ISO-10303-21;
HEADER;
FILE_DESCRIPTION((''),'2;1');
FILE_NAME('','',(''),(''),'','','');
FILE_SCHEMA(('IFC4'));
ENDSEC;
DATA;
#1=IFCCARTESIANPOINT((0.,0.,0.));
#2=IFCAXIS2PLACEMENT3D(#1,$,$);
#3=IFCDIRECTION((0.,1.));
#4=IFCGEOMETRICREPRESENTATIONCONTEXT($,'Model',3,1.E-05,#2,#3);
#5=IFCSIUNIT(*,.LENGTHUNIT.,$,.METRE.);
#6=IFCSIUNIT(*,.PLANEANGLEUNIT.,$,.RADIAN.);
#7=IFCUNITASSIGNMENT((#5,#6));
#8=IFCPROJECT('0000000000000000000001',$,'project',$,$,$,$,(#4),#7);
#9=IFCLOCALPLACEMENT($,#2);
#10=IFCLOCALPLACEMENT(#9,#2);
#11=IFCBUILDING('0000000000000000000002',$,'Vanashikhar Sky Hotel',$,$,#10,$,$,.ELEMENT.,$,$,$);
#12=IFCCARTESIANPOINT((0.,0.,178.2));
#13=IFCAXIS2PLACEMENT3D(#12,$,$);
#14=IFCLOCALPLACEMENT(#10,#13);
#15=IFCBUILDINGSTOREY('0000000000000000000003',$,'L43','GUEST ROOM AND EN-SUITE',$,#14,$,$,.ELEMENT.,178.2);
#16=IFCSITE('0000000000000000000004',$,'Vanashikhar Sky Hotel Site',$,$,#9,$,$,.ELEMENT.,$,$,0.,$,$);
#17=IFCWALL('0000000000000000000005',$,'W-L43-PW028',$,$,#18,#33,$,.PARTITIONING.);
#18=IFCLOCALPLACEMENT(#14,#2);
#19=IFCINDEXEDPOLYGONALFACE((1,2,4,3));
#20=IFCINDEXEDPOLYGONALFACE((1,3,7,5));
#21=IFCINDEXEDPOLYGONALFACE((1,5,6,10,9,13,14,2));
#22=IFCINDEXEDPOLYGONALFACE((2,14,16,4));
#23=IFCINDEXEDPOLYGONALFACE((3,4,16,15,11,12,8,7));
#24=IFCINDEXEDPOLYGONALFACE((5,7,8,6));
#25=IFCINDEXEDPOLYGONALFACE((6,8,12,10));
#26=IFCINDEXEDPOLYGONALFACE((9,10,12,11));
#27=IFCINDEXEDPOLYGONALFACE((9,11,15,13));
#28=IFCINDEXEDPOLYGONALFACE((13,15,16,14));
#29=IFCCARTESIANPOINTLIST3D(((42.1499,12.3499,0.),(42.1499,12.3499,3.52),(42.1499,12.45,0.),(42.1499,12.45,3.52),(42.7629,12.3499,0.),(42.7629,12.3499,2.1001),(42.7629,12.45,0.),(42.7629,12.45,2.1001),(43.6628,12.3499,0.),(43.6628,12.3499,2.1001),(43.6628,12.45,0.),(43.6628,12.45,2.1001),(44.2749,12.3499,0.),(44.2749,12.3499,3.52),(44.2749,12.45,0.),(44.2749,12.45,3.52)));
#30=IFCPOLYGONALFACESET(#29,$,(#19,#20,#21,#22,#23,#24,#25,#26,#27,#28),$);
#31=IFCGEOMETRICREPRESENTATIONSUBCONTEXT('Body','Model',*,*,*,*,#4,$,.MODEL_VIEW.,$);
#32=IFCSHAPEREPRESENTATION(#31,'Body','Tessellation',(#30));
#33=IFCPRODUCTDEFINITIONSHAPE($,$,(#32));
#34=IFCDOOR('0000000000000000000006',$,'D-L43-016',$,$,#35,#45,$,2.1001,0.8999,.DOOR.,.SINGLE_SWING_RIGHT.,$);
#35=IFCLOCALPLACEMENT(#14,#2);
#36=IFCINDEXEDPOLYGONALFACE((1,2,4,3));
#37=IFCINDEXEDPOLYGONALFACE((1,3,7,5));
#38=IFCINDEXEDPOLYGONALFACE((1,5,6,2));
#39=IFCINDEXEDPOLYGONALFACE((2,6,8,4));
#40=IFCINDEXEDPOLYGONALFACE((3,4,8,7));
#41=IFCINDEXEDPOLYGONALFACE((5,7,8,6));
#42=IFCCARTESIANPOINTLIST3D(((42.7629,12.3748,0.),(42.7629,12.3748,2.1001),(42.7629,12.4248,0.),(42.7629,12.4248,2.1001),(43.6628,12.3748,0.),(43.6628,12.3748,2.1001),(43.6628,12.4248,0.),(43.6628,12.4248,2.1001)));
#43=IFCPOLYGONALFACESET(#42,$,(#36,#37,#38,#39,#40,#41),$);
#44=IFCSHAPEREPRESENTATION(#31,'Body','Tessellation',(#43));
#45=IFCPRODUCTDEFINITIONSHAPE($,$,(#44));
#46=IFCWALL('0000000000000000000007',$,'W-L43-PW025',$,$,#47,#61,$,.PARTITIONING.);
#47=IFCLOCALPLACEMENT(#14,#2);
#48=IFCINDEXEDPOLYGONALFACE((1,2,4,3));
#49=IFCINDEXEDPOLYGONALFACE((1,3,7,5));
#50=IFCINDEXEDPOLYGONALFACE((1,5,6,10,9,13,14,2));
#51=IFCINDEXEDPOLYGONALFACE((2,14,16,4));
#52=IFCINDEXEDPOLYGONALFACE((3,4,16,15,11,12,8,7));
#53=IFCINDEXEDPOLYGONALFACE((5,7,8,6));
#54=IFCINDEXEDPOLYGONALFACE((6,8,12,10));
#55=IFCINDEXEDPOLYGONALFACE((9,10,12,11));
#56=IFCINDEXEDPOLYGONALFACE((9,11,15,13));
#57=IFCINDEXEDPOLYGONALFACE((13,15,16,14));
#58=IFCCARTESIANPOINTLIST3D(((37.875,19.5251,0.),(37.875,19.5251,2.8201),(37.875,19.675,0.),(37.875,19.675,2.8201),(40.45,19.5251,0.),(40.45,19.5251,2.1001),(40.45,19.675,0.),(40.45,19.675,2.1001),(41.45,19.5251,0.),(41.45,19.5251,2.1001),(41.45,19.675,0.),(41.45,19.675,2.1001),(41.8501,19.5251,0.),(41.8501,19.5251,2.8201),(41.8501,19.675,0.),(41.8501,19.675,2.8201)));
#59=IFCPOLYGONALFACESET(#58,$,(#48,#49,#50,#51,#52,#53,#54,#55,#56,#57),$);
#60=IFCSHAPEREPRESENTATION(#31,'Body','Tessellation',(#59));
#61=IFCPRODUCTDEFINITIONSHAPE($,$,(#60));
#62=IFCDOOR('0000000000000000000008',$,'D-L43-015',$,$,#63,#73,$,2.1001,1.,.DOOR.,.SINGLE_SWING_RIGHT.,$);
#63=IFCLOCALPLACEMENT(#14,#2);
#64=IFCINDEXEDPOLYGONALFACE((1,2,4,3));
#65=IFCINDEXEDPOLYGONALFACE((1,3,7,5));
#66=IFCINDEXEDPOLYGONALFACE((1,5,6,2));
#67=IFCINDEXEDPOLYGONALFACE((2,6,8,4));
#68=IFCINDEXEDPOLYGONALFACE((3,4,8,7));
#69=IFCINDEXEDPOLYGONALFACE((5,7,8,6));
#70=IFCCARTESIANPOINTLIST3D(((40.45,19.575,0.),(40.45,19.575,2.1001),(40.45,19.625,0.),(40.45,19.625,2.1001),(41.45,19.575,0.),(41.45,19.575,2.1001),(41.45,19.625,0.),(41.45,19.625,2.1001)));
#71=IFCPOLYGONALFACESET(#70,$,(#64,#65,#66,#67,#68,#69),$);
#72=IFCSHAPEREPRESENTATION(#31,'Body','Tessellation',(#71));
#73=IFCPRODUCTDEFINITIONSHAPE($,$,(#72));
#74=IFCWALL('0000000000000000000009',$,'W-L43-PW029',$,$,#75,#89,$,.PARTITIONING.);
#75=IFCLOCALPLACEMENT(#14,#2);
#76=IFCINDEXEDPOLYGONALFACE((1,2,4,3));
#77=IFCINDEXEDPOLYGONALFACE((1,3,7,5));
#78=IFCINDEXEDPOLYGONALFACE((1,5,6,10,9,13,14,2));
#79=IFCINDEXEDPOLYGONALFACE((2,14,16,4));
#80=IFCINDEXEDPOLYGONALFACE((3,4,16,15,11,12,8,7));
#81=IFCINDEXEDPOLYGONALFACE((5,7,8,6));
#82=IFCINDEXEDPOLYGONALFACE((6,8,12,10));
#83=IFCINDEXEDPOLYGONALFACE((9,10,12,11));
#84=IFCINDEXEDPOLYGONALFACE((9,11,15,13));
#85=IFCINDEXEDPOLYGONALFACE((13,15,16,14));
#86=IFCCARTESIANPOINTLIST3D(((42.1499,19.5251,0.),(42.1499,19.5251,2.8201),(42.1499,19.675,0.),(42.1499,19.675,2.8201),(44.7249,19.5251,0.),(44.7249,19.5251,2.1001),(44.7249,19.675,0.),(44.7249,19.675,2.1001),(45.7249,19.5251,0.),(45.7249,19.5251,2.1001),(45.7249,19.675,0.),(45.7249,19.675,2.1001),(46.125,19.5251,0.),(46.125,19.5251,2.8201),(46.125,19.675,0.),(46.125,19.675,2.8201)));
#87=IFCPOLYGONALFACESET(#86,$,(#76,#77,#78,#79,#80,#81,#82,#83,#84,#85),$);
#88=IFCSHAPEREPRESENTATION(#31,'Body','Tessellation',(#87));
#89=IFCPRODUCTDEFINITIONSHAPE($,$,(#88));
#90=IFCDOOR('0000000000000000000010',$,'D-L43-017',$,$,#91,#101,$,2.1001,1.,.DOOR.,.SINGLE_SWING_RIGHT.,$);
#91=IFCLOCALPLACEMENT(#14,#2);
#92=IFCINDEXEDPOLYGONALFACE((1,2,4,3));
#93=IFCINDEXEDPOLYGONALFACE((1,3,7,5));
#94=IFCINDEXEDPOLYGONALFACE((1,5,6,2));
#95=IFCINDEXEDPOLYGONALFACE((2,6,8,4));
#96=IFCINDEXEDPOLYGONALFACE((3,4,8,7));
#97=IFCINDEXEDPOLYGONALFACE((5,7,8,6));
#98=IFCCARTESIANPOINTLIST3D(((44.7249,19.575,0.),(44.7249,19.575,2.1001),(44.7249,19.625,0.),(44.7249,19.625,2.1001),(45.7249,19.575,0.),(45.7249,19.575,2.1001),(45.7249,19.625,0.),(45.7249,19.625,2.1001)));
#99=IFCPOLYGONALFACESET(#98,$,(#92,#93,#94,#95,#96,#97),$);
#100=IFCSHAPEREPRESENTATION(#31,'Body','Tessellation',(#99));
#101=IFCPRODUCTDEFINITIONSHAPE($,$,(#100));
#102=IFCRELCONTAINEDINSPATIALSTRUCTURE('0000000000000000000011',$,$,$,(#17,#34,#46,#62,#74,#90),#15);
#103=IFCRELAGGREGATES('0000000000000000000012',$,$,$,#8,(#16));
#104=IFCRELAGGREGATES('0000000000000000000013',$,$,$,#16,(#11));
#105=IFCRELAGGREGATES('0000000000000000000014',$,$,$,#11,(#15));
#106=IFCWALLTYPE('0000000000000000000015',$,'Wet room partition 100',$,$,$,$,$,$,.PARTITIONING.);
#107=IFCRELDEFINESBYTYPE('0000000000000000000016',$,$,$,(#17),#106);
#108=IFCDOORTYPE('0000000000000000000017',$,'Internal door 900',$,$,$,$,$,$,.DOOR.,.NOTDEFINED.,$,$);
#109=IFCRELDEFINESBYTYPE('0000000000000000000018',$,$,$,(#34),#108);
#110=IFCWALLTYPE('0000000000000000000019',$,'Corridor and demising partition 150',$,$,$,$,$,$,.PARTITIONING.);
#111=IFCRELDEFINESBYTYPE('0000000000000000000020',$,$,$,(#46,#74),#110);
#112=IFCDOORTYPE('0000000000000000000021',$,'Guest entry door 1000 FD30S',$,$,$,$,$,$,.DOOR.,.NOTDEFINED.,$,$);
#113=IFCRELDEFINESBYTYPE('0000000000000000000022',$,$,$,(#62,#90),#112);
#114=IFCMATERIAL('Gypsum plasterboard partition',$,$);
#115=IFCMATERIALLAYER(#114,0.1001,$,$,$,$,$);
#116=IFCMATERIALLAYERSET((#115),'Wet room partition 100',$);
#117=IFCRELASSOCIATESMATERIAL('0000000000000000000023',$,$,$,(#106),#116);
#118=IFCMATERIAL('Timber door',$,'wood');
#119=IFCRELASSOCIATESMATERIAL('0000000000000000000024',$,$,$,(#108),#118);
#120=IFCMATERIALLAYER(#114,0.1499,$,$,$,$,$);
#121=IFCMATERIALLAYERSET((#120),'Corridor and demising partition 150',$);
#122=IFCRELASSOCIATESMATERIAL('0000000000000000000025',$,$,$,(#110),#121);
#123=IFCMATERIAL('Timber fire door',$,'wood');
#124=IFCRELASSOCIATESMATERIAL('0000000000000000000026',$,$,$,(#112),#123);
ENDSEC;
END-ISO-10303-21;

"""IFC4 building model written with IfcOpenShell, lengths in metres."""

from ifc_helpers import new_model, si_unit, direction, frame, frame_2d, origin, place, context, subcontext, project, spatial, rectangle, extrude, source, transform, mapped, material, layer, layer_set, type_object, element, fill, save


model = new_model("IFC4")

# Units and contexts
model_context = context("Model", 3, precision=1e-05, world=origin(), true_north=direction((0.0, 1.0)))
body_context = subcontext(model_context, "Body", "Model", "MODEL_VIEW")
ifc_project = project(units=[si_unit("LENGTHUNIT", "METRE"), si_unit("PLANEANGLEUNIT", "RADIAN")], contexts=[model_context])

# Site, building, storey
site_placement = place(None, origin())
site = spatial("IfcSite", under=ifc_project, at=site_placement, Name="Vanashikhar Sky Hotel Site", CompositionType="ELEMENT", RefElevation=0.0)
building_placement = place(site_placement, origin())
building = spatial("IfcBuilding", under=site, at=building_placement, Name="Vanashikhar Sky Hotel", CompositionType="ELEMENT")
storey_placement = place(building_placement, frame((0.0, 0.0, 178.2)))
storey = spatial("IfcBuildingStorey", under=building, at=storey_placement, Name="L43", Description="GUEST ROOM AND EN-SUITE", CompositionType="ELEMENT", Elevation=178.2)

# Shared definitions
ifc_material_1 = material(Name="Gypsum plasterboard partition")
ifc_layer_1 = layer(ifc_material_1, 0.1001)
ifc_layer_set_1 = layer_set([ifc_layer_1], Name="Wet room partition 100")
wall_type_1 = type_object("IfcWallType", Name="Wet room partition 100", PredefinedType="PARTITIONING", material=ifc_layer_set_1)

# Walls, openings, doors
shared_shape_1 = source(origin(), body_context, "Body", "SweptSolid", [
    extrude(rectangle(XDim=2.125, YDim=0.1001, at=frame_2d((1.0625, 0.0))), origin(), (0.0, 0.0, 1.0), 3.52),
])
shared_shape_2 = source(origin(), body_context, "Body", "SweptSolid", [
    extrude(rectangle(XDim=0.8999, YDim=2.1001, at=frame_2d((0.45, 1.05))), frame((0.0, 0.0601, 0.0), z_axis=(0.0, -1.0, 0.0), x_axis=(1.0, 0.0, 0.0)), (0.0, 0.0, 1.0), 0.1201),
])
ifc_material_2 = material(Name="Timber door", Category="wood")
door_type_1 = type_object("IfcDoorType", Name="Internal door 900", OperationType="NOTDEFINED", PredefinedType="DOOR", material=ifc_material_2)
shared_shape_3 = source(origin(), body_context, "Body", "SweptSolid", [
    extrude(rectangle(XDim=0.8999, YDim=2.1001, at=frame_2d((0.45, 1.05))), frame((0.0, 0.0249, 0.0), z_axis=(0.0, -1.0, 0.0), x_axis=(1.0, 0.0, 0.0)), (0.0, 0.0, 1.0), 0.05),
])
wall_1_placement = place(storey_placement, frame((42.1499, 12.3999, 0.0), z_axis=(0.0, 0.0, 1.0), x_axis=(1.0, 0.0, 0.0)))
wall_1 = element("IfcWall", 1, at=wall_1_placement, inside=storey, type_object=wall_type_1, Name="W-L43-PW028", PredefinedType="PARTITIONING", context=body_context, shape_type="MappedRepresentation", body=[
    mapped(shared_shape_1, transform((0.0, 0.0, 0.0), scale=1.0)),
])
opening_1_placement = place(wall_1_placement, frame((0.613, 0.0, 0.0)))
opening_1 = element("IfcOpeningElement", 2, at=opening_1_placement, cuts=wall_1, PredefinedType="OPENING", context=body_context, shape_type="MappedRepresentation", body=[
    mapped(shared_shape_2, transform((0.0, 0.0, 0.0), scale=1.0)),
])
door_1_placement = place(opening_1_placement, origin())
door_1 = element("IfcDoor", 3, at=door_1_placement, inside=storey, type_object=door_type_1, Name="D-L43-016", OperationType="SINGLE_SWING_RIGHT", OverallHeight=2.1001, OverallWidth=0.8999, PredefinedType="DOOR", context=body_context, shape_type="MappedRepresentation", body=[
    mapped(shared_shape_3, transform((0.0, 0.0, 0.0), scale=1.0)),
])
fill(opening_1, door_1)
ifc_layer_2 = layer(ifc_material_1, 0.1499)
ifc_layer_set_2 = layer_set([ifc_layer_2], Name="Corridor and demising partition 150")
wall_type_2 = type_object("IfcWallType", Name="Corridor and demising partition 150", PredefinedType="PARTITIONING", material=ifc_layer_set_2)
shared_shape_4 = source(origin(), body_context, "Body", "SweptSolid", [
    extrude(rectangle(XDim=3.9751, YDim=0.1499, at=frame_2d((1.9875, 0.0))), origin(), (0.0, 0.0, 1.0), 2.8201),
])
wall_2_placement = place(storey_placement, frame((37.875, 19.6001, 0.0), z_axis=(0.0, 0.0, 1.0), x_axis=(1.0, 0.0, 0.0)))
wall_2 = element("IfcWall", 4, at=wall_2_placement, inside=storey, type_object=wall_type_2, Name="W-L43-PW025", PredefinedType="PARTITIONING", context=body_context, shape_type="MappedRepresentation", body=[
    mapped(shared_shape_4, transform((0.0, 0.0, 0.0), scale=1.0)),
])
shared_shape_5 = source(origin(), body_context, "Body", "SweptSolid", [
    extrude(rectangle(XDim=1.0, YDim=2.1001, at=frame_2d((0.5, 1.05))), frame((0.0, 0.085, 0.0), z_axis=(0.0, -1.0, 0.0), x_axis=(1.0, 0.0, 0.0)), (0.0, 0.0, 1.0), 0.1699),
])
opening_2_placement = place(wall_2_placement, frame((2.575, 0.0, 0.0)))
opening_2 = element("IfcOpeningElement", 5, at=opening_2_placement, cuts=wall_2, PredefinedType="OPENING", context=body_context, shape_type="MappedRepresentation", body=[
    mapped(shared_shape_5, transform((0.0, 0.0, 0.0), scale=1.0)),
])
ifc_material_3 = material(Name="Timber fire door", Category="wood")
door_type_2 = type_object("IfcDoorType", Name="Guest entry door 1000 FD30S", OperationType="NOTDEFINED", PredefinedType="DOOR", material=ifc_material_3)
shared_shape_6 = source(origin(), body_context, "Body", "SweptSolid", [
    extrude(rectangle(XDim=1.0, YDim=2.1001, at=frame_2d((0.5, 1.05))), frame((0.0, 0.0249, 0.0), z_axis=(0.0, -1.0, 0.0), x_axis=(1.0, 0.0, 0.0)), (0.0, 0.0, 1.0), 0.05),
])
door_2_placement = place(opening_2_placement, origin())
door_2 = element("IfcDoor", 6, at=door_2_placement, inside=storey, type_object=door_type_2, Name="D-L43-015", OperationType="SINGLE_SWING_RIGHT", OverallHeight=2.1001, OverallWidth=1.0, PredefinedType="DOOR", context=body_context, shape_type="MappedRepresentation", body=[
    mapped(shared_shape_6, transform((0.0, 0.0, 0.0), scale=1.0)),
])
fill(opening_2, door_2)
wall_3_placement = place(storey_placement, frame((42.1499, 19.6001, 0.0), z_axis=(0.0, 0.0, 1.0), x_axis=(1.0, 0.0, 0.0)))
wall_3 = element("IfcWall", 7, at=wall_3_placement, inside=storey, type_object=wall_type_2, Name="W-L43-PW029", PredefinedType="PARTITIONING", context=body_context, shape_type="MappedRepresentation", body=[
    mapped(shared_shape_4, transform((0.0, 0.0, 0.0), scale=1.0)),
])
opening_3_placement = place(wall_3_placement, frame((2.575, 0.0, 0.0)))
opening_3 = element("IfcOpeningElement", 8, at=opening_3_placement, cuts=wall_3, PredefinedType="OPENING", context=body_context, shape_type="MappedRepresentation", body=[
    mapped(shared_shape_5, transform((0.0, 0.0, 0.0), scale=1.0)),
])
door_3_placement = place(opening_3_placement, origin())
door_3 = element("IfcDoor", 9, at=door_3_placement, inside=storey, type_object=door_type_2, Name="D-L43-017", OperationType="SINGLE_SWING_RIGHT", OverallHeight=2.1001, OverallWidth=1.0, PredefinedType="DOOR", context=body_context, shape_type="MappedRepresentation", body=[
    mapped(shared_shape_6, transform((0.0, 0.0, 0.0), scale=1.0)),
])
fill(opening_3, door_3)

save(model, "model.ifc")
